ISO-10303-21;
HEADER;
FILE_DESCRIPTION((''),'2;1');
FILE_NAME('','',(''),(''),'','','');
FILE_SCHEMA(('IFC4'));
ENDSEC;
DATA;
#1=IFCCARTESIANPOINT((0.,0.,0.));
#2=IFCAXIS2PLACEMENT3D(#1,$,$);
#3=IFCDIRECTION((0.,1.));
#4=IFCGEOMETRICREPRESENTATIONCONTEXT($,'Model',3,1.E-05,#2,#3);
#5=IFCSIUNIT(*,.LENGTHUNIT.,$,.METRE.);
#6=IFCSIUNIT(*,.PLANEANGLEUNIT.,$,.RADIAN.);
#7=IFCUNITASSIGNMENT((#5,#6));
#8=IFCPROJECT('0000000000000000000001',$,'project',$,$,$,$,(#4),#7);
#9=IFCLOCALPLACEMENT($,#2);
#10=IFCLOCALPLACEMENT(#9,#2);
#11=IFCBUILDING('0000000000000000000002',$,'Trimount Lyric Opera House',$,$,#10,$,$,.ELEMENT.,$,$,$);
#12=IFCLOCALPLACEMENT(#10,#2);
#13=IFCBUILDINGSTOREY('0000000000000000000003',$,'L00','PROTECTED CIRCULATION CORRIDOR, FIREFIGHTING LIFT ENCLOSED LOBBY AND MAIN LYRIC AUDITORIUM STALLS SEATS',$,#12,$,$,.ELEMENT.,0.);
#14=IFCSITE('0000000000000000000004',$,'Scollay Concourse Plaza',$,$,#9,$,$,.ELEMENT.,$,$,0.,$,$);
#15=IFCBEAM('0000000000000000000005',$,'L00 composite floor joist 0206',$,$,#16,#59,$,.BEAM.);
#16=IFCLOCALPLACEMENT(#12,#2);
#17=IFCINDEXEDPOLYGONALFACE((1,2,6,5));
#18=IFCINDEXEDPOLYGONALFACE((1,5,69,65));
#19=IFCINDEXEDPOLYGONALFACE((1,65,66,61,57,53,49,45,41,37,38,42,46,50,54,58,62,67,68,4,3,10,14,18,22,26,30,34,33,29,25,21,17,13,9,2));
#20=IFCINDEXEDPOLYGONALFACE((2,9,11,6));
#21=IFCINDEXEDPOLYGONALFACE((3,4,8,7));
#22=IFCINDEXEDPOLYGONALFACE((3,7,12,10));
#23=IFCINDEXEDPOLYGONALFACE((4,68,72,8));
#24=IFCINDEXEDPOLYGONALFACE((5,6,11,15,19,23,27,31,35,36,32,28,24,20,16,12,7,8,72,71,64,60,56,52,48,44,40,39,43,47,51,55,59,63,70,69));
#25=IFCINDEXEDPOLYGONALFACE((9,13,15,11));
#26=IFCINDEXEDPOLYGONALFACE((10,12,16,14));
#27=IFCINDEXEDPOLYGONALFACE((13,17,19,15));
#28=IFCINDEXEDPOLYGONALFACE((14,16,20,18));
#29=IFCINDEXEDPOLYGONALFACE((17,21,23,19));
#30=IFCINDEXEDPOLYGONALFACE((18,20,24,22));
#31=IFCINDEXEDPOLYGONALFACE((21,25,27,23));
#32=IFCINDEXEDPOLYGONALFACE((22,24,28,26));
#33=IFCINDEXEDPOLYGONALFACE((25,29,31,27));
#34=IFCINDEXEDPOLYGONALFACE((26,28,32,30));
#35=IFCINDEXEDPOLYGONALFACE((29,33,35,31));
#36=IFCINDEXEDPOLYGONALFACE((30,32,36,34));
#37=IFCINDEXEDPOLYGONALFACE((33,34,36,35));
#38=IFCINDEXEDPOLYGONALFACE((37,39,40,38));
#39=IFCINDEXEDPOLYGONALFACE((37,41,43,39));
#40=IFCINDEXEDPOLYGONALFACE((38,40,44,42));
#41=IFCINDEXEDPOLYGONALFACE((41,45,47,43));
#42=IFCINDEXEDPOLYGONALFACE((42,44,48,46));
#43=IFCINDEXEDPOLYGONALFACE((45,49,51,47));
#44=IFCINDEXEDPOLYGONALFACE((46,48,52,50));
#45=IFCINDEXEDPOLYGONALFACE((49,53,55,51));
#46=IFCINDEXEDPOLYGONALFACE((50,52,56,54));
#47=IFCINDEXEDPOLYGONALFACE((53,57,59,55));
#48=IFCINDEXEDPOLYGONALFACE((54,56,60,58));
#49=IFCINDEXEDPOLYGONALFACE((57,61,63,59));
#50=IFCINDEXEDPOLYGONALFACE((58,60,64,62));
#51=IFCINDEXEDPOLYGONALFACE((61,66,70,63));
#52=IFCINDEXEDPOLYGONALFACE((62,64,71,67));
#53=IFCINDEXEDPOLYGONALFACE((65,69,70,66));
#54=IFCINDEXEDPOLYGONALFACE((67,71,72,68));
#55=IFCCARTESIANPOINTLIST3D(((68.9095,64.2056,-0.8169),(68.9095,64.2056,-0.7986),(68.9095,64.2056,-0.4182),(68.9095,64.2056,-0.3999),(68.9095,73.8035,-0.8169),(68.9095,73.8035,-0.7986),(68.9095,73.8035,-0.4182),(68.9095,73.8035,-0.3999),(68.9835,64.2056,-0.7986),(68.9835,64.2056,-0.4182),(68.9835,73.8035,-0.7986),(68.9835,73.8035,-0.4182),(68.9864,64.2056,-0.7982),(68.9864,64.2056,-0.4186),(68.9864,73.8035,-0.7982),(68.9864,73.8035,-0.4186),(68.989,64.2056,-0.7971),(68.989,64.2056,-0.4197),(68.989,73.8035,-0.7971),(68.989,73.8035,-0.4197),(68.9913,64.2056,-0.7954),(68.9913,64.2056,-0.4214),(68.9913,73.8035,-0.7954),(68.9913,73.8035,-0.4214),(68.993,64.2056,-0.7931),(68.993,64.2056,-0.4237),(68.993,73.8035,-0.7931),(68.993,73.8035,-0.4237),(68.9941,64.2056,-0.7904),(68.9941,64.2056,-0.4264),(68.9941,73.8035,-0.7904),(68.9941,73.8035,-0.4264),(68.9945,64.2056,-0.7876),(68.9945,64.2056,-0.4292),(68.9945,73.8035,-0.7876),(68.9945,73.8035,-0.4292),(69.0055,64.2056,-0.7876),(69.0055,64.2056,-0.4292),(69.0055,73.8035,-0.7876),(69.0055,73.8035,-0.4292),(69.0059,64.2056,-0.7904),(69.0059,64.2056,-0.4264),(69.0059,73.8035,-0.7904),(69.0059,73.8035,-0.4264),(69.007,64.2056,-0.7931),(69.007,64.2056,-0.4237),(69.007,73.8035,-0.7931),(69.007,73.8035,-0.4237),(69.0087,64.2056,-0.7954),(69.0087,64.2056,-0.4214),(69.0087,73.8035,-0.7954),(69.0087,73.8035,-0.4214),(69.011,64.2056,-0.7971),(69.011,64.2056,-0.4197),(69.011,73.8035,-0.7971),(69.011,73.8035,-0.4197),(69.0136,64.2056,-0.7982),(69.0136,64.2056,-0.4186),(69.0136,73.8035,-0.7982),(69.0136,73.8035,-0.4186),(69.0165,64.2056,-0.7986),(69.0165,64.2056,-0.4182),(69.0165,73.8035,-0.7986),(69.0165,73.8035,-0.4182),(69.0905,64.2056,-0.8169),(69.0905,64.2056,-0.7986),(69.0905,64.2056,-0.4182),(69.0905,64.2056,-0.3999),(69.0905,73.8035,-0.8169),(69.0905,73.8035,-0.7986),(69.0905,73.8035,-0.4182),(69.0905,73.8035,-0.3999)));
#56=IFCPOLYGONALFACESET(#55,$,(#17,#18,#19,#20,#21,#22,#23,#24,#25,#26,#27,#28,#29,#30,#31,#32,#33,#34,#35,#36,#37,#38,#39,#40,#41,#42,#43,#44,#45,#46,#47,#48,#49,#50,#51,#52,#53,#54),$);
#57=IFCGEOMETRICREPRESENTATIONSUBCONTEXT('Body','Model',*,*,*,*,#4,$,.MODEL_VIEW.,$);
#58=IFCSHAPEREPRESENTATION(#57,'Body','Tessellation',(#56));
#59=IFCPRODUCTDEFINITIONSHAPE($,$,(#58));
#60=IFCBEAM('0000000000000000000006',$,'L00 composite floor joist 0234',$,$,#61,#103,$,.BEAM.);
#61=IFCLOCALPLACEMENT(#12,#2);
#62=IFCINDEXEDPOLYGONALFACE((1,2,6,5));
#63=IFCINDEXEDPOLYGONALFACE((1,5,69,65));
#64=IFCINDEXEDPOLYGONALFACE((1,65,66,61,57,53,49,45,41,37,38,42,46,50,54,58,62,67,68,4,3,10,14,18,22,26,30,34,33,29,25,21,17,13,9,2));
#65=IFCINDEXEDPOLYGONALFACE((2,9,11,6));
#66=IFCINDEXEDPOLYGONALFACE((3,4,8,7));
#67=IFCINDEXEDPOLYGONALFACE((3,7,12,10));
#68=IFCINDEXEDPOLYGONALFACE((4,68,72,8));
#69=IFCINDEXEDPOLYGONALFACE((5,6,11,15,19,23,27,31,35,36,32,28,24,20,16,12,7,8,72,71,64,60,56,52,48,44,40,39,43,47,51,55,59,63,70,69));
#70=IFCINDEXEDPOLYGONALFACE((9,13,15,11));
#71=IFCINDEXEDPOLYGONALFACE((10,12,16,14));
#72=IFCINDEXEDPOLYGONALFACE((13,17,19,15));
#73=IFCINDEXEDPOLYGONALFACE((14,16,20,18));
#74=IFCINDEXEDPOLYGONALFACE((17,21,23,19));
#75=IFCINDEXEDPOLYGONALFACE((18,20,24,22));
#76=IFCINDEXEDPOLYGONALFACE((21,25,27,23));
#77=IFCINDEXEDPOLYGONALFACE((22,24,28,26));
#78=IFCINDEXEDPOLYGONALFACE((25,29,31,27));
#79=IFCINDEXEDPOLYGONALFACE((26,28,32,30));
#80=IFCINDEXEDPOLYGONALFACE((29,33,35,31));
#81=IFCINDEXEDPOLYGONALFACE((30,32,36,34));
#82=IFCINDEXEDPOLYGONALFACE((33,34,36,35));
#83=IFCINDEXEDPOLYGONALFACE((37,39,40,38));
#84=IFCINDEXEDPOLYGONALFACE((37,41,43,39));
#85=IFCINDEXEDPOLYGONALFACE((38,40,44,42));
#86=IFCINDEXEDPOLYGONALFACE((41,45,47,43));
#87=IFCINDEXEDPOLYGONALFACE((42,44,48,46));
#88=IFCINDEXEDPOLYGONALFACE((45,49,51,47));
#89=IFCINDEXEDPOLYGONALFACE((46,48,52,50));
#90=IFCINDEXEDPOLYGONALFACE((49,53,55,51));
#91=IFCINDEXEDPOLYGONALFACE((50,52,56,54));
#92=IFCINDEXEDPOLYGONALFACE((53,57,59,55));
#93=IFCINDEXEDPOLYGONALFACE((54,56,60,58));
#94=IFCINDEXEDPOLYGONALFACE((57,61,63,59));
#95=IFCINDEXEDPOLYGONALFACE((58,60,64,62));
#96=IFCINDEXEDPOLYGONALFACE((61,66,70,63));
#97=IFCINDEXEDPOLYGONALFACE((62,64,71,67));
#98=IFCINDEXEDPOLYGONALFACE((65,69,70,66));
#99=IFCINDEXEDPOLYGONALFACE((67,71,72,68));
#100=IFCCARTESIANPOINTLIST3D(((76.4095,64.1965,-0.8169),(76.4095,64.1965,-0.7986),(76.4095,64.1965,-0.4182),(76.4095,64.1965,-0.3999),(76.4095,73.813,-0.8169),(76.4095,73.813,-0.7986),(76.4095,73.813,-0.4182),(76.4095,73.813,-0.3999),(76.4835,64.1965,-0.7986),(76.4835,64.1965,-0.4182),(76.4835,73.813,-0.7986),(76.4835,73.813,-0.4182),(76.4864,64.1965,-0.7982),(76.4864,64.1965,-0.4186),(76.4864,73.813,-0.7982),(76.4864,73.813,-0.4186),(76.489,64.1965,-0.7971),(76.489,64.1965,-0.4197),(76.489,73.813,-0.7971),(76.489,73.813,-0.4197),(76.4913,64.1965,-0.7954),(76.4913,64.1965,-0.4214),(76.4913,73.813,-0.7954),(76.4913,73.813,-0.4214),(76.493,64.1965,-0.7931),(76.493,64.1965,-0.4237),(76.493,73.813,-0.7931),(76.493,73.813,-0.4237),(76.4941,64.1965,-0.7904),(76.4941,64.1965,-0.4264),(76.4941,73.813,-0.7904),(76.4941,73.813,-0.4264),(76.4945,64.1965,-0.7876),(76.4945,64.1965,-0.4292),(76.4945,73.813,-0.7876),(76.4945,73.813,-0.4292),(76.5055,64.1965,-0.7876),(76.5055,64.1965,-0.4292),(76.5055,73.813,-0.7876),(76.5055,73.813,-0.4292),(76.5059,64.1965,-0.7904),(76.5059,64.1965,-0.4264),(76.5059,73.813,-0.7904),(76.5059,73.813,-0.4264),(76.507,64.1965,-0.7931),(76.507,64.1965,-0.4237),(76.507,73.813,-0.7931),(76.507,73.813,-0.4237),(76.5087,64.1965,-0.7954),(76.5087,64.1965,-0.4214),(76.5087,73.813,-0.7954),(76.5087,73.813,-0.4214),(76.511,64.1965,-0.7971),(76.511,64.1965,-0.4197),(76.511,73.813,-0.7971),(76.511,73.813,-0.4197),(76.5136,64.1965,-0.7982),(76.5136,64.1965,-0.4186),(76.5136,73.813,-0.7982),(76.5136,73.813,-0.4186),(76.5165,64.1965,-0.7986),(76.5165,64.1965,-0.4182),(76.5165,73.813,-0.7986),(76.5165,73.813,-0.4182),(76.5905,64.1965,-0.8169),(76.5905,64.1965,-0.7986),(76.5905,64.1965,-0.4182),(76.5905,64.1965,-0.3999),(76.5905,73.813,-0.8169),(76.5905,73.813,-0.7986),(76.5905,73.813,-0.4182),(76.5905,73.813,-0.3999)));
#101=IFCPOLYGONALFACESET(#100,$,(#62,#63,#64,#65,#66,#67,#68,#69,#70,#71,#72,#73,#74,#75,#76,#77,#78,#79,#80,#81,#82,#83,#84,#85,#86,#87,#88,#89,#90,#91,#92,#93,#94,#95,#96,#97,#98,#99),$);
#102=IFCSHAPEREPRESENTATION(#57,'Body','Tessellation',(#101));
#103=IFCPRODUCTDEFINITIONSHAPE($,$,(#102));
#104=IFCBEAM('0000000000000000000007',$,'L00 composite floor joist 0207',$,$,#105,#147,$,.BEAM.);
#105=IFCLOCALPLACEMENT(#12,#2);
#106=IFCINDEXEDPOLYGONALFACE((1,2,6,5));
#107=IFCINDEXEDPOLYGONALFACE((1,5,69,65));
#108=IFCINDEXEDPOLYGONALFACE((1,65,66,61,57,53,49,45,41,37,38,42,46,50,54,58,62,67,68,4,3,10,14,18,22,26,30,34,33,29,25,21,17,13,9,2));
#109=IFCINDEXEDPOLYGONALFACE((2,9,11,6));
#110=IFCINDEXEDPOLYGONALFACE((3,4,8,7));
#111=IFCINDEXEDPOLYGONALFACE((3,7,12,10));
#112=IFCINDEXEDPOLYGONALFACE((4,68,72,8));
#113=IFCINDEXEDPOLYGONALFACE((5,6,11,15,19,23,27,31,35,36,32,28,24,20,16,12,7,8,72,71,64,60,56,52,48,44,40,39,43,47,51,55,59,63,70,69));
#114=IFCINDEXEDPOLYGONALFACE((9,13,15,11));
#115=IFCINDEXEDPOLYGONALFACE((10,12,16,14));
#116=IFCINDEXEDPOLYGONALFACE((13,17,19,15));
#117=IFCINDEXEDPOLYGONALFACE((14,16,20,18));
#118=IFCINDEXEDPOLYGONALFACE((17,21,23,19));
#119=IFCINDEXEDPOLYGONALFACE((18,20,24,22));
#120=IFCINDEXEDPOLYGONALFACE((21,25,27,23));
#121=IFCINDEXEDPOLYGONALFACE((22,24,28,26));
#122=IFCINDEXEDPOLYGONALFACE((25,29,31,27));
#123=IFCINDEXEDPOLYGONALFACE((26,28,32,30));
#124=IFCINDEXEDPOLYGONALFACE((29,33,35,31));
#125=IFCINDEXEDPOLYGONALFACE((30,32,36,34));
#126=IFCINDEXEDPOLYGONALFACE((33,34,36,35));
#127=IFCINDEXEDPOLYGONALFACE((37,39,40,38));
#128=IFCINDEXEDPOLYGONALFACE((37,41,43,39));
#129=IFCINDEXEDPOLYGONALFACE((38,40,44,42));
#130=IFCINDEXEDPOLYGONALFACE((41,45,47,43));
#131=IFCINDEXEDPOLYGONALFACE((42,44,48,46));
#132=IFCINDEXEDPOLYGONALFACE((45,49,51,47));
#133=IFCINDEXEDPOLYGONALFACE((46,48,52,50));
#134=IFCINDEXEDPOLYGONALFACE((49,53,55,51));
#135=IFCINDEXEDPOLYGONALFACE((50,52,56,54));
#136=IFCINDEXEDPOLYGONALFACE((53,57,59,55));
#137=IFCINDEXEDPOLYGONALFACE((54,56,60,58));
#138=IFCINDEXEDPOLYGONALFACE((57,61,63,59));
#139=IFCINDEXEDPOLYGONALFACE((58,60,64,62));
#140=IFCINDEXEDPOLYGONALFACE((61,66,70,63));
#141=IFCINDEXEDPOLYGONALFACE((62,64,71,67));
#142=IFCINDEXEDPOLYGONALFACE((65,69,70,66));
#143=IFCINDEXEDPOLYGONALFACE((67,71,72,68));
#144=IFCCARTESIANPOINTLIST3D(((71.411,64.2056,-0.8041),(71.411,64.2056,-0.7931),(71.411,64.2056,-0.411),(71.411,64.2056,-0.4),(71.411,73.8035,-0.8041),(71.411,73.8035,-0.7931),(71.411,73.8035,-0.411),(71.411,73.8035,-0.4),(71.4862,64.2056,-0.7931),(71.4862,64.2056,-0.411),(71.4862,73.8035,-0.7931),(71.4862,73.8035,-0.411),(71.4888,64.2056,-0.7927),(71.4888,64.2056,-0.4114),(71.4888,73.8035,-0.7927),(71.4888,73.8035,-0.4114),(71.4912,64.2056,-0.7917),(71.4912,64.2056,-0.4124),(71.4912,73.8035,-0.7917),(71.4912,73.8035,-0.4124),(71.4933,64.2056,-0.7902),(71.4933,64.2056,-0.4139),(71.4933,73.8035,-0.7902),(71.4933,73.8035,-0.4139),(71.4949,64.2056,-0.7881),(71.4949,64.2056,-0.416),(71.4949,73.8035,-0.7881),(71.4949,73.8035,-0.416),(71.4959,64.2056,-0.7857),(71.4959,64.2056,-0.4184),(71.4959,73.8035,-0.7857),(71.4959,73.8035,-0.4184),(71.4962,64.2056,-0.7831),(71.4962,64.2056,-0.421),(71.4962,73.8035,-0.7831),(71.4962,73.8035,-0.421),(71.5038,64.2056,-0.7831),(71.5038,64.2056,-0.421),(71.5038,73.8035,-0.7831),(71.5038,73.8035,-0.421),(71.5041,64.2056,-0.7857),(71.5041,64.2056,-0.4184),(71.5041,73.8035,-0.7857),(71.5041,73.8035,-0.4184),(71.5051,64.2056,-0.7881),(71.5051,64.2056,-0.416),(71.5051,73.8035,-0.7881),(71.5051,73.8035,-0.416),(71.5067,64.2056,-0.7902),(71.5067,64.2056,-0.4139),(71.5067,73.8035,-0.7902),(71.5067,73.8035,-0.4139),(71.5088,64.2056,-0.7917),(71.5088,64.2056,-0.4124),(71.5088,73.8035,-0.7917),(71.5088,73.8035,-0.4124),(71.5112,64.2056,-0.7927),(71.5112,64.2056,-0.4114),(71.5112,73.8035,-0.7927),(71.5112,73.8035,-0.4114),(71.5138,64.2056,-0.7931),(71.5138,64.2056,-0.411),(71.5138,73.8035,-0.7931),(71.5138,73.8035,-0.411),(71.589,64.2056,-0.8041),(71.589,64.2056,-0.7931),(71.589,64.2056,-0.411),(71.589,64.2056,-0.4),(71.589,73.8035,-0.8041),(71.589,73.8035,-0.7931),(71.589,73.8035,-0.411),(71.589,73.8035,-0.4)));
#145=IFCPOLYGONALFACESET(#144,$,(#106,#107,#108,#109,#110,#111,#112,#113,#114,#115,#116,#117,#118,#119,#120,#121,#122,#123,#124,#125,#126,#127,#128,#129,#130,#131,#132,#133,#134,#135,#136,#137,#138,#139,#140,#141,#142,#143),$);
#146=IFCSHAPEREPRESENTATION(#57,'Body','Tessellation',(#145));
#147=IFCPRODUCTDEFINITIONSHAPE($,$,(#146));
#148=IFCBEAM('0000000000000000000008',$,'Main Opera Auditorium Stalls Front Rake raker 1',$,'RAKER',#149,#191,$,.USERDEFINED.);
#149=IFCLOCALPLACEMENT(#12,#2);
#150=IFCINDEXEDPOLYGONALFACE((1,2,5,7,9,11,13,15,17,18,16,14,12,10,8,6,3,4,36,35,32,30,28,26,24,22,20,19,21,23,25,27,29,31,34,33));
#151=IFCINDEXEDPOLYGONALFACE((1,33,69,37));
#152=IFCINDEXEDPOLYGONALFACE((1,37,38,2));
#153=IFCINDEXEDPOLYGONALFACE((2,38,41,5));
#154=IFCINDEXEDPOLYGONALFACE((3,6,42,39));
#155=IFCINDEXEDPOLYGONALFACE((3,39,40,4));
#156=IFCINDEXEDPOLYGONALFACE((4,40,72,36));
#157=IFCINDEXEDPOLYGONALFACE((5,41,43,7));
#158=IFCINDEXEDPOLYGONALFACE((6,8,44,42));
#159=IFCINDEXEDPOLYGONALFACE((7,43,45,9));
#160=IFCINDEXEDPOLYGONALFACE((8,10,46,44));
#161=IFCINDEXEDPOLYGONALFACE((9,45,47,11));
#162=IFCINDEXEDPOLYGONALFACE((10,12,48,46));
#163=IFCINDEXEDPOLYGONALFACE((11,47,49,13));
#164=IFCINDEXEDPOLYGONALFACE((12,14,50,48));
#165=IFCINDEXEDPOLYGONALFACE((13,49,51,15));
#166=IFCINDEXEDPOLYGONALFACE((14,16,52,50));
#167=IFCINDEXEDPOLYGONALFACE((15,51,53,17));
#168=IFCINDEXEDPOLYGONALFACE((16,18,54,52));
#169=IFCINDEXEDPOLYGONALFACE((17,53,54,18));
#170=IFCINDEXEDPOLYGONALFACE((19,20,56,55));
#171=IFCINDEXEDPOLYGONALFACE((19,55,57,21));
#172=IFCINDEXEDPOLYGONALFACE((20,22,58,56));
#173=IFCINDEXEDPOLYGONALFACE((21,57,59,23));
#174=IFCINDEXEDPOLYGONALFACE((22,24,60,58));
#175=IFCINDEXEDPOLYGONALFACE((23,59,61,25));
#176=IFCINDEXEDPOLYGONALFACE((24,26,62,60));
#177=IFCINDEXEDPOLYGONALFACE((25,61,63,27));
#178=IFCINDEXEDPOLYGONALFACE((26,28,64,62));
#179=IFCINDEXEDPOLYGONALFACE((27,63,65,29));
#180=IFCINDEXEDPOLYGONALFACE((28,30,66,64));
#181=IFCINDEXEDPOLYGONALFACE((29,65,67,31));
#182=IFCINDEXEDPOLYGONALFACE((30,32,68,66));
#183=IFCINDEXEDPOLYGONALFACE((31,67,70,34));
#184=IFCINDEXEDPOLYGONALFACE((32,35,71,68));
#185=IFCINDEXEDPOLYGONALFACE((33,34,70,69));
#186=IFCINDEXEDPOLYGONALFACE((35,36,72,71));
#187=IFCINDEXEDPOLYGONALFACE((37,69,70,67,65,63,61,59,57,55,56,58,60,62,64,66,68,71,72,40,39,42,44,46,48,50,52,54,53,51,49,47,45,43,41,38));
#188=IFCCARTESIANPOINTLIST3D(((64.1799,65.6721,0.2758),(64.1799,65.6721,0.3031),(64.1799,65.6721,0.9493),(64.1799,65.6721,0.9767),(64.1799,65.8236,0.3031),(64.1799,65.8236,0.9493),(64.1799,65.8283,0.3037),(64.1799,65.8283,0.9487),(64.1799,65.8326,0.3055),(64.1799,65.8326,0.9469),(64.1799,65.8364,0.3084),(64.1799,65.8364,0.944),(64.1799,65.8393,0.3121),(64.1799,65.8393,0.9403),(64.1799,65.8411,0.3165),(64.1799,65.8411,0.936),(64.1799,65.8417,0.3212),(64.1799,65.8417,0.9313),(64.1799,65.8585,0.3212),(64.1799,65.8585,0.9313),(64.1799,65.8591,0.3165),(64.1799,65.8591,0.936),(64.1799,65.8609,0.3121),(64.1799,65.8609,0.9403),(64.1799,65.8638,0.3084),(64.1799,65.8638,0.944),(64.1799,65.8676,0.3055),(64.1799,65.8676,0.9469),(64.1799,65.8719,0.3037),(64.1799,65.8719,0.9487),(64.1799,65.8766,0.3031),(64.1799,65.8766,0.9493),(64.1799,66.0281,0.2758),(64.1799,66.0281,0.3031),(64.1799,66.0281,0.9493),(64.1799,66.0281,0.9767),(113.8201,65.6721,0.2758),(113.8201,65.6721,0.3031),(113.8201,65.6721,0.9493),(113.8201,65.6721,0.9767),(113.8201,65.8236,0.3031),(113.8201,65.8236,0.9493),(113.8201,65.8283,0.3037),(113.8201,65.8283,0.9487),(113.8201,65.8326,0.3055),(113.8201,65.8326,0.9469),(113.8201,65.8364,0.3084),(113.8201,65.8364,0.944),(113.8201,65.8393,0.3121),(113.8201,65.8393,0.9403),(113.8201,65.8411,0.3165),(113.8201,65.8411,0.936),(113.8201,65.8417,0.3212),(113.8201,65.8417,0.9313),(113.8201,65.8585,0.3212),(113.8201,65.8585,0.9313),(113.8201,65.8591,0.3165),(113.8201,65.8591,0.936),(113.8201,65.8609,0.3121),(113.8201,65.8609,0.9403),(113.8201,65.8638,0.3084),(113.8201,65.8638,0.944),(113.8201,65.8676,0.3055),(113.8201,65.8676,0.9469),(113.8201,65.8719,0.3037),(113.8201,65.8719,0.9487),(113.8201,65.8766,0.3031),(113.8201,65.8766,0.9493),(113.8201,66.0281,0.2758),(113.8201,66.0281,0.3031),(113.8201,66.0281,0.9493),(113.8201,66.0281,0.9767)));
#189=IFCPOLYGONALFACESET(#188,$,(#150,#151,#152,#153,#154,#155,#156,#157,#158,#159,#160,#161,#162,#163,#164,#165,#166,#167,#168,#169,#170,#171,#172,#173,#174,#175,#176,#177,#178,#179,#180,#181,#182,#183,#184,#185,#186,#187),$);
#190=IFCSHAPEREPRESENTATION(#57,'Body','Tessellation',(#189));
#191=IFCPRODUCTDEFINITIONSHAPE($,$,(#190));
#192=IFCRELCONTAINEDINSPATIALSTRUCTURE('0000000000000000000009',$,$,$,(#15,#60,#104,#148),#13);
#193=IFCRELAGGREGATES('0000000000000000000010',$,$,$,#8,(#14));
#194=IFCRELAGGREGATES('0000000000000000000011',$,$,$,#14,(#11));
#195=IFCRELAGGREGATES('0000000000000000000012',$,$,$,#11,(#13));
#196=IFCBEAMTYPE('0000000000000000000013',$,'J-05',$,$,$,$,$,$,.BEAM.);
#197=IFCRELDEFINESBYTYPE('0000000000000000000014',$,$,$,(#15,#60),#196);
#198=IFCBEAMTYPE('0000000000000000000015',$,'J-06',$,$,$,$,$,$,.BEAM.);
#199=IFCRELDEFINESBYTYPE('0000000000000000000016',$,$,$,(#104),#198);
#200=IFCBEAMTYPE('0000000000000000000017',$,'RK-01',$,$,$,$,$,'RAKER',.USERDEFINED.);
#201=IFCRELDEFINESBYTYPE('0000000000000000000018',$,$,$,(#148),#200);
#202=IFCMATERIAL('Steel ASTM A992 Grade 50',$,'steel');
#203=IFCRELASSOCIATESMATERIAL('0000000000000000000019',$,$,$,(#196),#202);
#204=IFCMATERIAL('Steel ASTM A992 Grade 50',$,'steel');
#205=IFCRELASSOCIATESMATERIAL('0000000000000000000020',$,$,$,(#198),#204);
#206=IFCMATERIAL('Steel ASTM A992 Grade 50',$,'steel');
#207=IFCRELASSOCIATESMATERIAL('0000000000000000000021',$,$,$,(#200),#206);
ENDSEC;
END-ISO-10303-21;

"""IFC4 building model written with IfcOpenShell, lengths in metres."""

from ifc_helpers import new_model, si_unit, direction, frame, origin, origin_2d, place, context, subcontext, project, spatial, i_section, extrude, material, material_profile, profile_set, type_object, element, save


model = new_model("IFC4")

# Units and contexts
model_context = context("Model", 3, precision=1e-05, world=origin(), true_north=direction((0.0, 1.0)))
body_context = subcontext(model_context, "Body", "Model", "MODEL_VIEW")
ifc_project = project(units=[si_unit("LENGTHUNIT", "METRE"), si_unit("PLANEANGLEUNIT", "RADIAN")], contexts=[model_context])

# Site, building, storey
site_placement = place(None, origin())
site = spatial("IfcSite", under=ifc_project, at=site_placement, Name="Scollay Concourse Plaza", CompositionType="ELEMENT", RefElevation=0.0)
building_placement = place(site_placement, origin())
building = spatial("IfcBuilding", under=site, at=building_placement, Name="Trimount Lyric Opera House", CompositionType="ELEMENT")
storey_placement = place(building_placement, origin())
storey = spatial("IfcBuildingStorey", under=building, at=storey_placement, Name="L00", Description="PROTECTED CIRCULATION CORRIDOR, FIREFIGHTING LIFT ENCLOSED LOBBY AND MAIN LYRIC AUDITORIUM STALLS SEATS", CompositionType="ELEMENT", Elevation=0.0)

# Beams
ifc_material_1 = material(Name="Steel ASTM A992 Grade 50", Category="steel")
ifc_material_profile_1 = material_profile(ifc_material_1, i_section(OverallWidth=0.1809, OverallDepth=0.417, WebThickness=0.011, FlangeThickness=0.0183, FilletRadius=0.011, at=origin_2d()), Name="W16X57")
ifc_profile_set_1 = profile_set([ifc_material_profile_1], Name="Steel ASTM A992 Grade 50")
beam_type_1 = type_object("IfcBeamType", Name="J-05", PredefinedType="BEAM", material=ifc_profile_set_1)
beam_1_placement = place(storey_placement, frame((69.0, 64.2056, -0.6084), z_axis=(0.0, 1.0, 0.0), x_axis=(-1.0, 0.0, 0.0)))
element("IfcBeam", 1, at=beam_1_placement, inside=storey, type_object=beam_type_1, Name="L00 composite floor joist 0206", PredefinedType="BEAM", context=body_context, shape_type="SweptSolid", body=[
    extrude(i_section(OverallWidth=0.1809, OverallDepth=0.417, WebThickness=0.011, FlangeThickness=0.0183, FilletRadius=0.011, at=origin_2d()), origin(), (0.0, 0.0, 1.0), 9.5979),
])
beam_2_placement = place(storey_placement, frame((76.5, 64.1965, -0.6084), z_axis=(0.0, 1.0, 0.0), x_axis=(-1.0, 0.0, 0.0)))
element("IfcBeam", 2, at=beam_2_placement, inside=storey, type_object=beam_type_1, Name="L00 composite floor joist 0234", PredefinedType="BEAM", context=body_context, shape_type="SweptSolid", body=[
    extrude(i_section(OverallWidth=0.1809, OverallDepth=0.417, WebThickness=0.011, FlangeThickness=0.0183, FilletRadius=0.011, at=origin_2d()), origin(), (0.0, 0.0, 1.0), 9.6165),
])
ifc_material_2 = material(Name="Steel ASTM A992 Grade 50", Category="steel")
ifc_material_profile_2 = material_profile(ifc_material_2, i_section(OverallWidth=0.178, OverallDepth=0.4041, WebThickness=0.0076, FlangeThickness=0.011, FilletRadius=0.01, at=origin_2d()), Name="W16X36")
ifc_profile_set_2 = profile_set([ifc_material_profile_2], Name="Steel ASTM A992 Grade 50")
beam_type_2 = type_object("IfcBeamType", Name="J-06", PredefinedType="BEAM", material=ifc_profile_set_2)
beam_3_placement = place(storey_placement, frame((71.5, 64.2056, -0.6021), z_axis=(0.0, 1.0, 0.0), x_axis=(-1.0, 0.0, 0.0)))
element("IfcBeam", 3, at=beam_3_placement, inside=storey, type_object=beam_type_2, Name="L00 composite floor joist 0207", PredefinedType="BEAM", context=body_context, shape_type="SweptSolid", body=[
    extrude(i_section(OverallWidth=0.178, OverallDepth=0.4041, WebThickness=0.0076, FlangeThickness=0.011, FilletRadius=0.01, at=origin_2d()), origin(), (0.0, 0.0, 1.0), 9.5979),
])
ifc_material_3 = material(Name="Steel ASTM A992 Grade 50", Category="steel")
ifc_material_profile_3 = material_profile(ifc_material_3, i_section(OverallWidth=0.356, OverallDepth=0.7009, WebThickness=0.0168, FlangeThickness=0.0273, FilletRadius=0.0181, at=origin_2d()), Name="W27X161")
ifc_profile_set_3 = profile_set([ifc_material_profile_3], Name="Steel ASTM A992 Grade 50")
beam_type_3 = type_object("IfcBeamType", Name="RK-01", ElementType="RAKER", PredefinedType="USERDEFINED", material=ifc_profile_set_3)
beam_4_placement = place(storey_placement, frame((64.1799, 65.8501, 0.6262), z_axis=(1.0, 0.0, 0.0), x_axis=(0.0, 1.0, 0.0)))
element("IfcBeam", 4, at=beam_4_placement, inside=storey, type_object=beam_type_3, Name="Main Opera Auditorium Stalls Front Rake raker 1", ObjectType="RAKER", PredefinedType="USERDEFINED", context=body_context, shape_type="SweptSolid", body=[
    extrude(i_section(OverallWidth=0.356, OverallDepth=0.7009, WebThickness=0.0168, FlangeThickness=0.0273, FilletRadius=0.0181, at=origin_2d()), origin(), (0.0, 0.0, 1.0), 49.6401),
])

save(model, "model.ifc")
